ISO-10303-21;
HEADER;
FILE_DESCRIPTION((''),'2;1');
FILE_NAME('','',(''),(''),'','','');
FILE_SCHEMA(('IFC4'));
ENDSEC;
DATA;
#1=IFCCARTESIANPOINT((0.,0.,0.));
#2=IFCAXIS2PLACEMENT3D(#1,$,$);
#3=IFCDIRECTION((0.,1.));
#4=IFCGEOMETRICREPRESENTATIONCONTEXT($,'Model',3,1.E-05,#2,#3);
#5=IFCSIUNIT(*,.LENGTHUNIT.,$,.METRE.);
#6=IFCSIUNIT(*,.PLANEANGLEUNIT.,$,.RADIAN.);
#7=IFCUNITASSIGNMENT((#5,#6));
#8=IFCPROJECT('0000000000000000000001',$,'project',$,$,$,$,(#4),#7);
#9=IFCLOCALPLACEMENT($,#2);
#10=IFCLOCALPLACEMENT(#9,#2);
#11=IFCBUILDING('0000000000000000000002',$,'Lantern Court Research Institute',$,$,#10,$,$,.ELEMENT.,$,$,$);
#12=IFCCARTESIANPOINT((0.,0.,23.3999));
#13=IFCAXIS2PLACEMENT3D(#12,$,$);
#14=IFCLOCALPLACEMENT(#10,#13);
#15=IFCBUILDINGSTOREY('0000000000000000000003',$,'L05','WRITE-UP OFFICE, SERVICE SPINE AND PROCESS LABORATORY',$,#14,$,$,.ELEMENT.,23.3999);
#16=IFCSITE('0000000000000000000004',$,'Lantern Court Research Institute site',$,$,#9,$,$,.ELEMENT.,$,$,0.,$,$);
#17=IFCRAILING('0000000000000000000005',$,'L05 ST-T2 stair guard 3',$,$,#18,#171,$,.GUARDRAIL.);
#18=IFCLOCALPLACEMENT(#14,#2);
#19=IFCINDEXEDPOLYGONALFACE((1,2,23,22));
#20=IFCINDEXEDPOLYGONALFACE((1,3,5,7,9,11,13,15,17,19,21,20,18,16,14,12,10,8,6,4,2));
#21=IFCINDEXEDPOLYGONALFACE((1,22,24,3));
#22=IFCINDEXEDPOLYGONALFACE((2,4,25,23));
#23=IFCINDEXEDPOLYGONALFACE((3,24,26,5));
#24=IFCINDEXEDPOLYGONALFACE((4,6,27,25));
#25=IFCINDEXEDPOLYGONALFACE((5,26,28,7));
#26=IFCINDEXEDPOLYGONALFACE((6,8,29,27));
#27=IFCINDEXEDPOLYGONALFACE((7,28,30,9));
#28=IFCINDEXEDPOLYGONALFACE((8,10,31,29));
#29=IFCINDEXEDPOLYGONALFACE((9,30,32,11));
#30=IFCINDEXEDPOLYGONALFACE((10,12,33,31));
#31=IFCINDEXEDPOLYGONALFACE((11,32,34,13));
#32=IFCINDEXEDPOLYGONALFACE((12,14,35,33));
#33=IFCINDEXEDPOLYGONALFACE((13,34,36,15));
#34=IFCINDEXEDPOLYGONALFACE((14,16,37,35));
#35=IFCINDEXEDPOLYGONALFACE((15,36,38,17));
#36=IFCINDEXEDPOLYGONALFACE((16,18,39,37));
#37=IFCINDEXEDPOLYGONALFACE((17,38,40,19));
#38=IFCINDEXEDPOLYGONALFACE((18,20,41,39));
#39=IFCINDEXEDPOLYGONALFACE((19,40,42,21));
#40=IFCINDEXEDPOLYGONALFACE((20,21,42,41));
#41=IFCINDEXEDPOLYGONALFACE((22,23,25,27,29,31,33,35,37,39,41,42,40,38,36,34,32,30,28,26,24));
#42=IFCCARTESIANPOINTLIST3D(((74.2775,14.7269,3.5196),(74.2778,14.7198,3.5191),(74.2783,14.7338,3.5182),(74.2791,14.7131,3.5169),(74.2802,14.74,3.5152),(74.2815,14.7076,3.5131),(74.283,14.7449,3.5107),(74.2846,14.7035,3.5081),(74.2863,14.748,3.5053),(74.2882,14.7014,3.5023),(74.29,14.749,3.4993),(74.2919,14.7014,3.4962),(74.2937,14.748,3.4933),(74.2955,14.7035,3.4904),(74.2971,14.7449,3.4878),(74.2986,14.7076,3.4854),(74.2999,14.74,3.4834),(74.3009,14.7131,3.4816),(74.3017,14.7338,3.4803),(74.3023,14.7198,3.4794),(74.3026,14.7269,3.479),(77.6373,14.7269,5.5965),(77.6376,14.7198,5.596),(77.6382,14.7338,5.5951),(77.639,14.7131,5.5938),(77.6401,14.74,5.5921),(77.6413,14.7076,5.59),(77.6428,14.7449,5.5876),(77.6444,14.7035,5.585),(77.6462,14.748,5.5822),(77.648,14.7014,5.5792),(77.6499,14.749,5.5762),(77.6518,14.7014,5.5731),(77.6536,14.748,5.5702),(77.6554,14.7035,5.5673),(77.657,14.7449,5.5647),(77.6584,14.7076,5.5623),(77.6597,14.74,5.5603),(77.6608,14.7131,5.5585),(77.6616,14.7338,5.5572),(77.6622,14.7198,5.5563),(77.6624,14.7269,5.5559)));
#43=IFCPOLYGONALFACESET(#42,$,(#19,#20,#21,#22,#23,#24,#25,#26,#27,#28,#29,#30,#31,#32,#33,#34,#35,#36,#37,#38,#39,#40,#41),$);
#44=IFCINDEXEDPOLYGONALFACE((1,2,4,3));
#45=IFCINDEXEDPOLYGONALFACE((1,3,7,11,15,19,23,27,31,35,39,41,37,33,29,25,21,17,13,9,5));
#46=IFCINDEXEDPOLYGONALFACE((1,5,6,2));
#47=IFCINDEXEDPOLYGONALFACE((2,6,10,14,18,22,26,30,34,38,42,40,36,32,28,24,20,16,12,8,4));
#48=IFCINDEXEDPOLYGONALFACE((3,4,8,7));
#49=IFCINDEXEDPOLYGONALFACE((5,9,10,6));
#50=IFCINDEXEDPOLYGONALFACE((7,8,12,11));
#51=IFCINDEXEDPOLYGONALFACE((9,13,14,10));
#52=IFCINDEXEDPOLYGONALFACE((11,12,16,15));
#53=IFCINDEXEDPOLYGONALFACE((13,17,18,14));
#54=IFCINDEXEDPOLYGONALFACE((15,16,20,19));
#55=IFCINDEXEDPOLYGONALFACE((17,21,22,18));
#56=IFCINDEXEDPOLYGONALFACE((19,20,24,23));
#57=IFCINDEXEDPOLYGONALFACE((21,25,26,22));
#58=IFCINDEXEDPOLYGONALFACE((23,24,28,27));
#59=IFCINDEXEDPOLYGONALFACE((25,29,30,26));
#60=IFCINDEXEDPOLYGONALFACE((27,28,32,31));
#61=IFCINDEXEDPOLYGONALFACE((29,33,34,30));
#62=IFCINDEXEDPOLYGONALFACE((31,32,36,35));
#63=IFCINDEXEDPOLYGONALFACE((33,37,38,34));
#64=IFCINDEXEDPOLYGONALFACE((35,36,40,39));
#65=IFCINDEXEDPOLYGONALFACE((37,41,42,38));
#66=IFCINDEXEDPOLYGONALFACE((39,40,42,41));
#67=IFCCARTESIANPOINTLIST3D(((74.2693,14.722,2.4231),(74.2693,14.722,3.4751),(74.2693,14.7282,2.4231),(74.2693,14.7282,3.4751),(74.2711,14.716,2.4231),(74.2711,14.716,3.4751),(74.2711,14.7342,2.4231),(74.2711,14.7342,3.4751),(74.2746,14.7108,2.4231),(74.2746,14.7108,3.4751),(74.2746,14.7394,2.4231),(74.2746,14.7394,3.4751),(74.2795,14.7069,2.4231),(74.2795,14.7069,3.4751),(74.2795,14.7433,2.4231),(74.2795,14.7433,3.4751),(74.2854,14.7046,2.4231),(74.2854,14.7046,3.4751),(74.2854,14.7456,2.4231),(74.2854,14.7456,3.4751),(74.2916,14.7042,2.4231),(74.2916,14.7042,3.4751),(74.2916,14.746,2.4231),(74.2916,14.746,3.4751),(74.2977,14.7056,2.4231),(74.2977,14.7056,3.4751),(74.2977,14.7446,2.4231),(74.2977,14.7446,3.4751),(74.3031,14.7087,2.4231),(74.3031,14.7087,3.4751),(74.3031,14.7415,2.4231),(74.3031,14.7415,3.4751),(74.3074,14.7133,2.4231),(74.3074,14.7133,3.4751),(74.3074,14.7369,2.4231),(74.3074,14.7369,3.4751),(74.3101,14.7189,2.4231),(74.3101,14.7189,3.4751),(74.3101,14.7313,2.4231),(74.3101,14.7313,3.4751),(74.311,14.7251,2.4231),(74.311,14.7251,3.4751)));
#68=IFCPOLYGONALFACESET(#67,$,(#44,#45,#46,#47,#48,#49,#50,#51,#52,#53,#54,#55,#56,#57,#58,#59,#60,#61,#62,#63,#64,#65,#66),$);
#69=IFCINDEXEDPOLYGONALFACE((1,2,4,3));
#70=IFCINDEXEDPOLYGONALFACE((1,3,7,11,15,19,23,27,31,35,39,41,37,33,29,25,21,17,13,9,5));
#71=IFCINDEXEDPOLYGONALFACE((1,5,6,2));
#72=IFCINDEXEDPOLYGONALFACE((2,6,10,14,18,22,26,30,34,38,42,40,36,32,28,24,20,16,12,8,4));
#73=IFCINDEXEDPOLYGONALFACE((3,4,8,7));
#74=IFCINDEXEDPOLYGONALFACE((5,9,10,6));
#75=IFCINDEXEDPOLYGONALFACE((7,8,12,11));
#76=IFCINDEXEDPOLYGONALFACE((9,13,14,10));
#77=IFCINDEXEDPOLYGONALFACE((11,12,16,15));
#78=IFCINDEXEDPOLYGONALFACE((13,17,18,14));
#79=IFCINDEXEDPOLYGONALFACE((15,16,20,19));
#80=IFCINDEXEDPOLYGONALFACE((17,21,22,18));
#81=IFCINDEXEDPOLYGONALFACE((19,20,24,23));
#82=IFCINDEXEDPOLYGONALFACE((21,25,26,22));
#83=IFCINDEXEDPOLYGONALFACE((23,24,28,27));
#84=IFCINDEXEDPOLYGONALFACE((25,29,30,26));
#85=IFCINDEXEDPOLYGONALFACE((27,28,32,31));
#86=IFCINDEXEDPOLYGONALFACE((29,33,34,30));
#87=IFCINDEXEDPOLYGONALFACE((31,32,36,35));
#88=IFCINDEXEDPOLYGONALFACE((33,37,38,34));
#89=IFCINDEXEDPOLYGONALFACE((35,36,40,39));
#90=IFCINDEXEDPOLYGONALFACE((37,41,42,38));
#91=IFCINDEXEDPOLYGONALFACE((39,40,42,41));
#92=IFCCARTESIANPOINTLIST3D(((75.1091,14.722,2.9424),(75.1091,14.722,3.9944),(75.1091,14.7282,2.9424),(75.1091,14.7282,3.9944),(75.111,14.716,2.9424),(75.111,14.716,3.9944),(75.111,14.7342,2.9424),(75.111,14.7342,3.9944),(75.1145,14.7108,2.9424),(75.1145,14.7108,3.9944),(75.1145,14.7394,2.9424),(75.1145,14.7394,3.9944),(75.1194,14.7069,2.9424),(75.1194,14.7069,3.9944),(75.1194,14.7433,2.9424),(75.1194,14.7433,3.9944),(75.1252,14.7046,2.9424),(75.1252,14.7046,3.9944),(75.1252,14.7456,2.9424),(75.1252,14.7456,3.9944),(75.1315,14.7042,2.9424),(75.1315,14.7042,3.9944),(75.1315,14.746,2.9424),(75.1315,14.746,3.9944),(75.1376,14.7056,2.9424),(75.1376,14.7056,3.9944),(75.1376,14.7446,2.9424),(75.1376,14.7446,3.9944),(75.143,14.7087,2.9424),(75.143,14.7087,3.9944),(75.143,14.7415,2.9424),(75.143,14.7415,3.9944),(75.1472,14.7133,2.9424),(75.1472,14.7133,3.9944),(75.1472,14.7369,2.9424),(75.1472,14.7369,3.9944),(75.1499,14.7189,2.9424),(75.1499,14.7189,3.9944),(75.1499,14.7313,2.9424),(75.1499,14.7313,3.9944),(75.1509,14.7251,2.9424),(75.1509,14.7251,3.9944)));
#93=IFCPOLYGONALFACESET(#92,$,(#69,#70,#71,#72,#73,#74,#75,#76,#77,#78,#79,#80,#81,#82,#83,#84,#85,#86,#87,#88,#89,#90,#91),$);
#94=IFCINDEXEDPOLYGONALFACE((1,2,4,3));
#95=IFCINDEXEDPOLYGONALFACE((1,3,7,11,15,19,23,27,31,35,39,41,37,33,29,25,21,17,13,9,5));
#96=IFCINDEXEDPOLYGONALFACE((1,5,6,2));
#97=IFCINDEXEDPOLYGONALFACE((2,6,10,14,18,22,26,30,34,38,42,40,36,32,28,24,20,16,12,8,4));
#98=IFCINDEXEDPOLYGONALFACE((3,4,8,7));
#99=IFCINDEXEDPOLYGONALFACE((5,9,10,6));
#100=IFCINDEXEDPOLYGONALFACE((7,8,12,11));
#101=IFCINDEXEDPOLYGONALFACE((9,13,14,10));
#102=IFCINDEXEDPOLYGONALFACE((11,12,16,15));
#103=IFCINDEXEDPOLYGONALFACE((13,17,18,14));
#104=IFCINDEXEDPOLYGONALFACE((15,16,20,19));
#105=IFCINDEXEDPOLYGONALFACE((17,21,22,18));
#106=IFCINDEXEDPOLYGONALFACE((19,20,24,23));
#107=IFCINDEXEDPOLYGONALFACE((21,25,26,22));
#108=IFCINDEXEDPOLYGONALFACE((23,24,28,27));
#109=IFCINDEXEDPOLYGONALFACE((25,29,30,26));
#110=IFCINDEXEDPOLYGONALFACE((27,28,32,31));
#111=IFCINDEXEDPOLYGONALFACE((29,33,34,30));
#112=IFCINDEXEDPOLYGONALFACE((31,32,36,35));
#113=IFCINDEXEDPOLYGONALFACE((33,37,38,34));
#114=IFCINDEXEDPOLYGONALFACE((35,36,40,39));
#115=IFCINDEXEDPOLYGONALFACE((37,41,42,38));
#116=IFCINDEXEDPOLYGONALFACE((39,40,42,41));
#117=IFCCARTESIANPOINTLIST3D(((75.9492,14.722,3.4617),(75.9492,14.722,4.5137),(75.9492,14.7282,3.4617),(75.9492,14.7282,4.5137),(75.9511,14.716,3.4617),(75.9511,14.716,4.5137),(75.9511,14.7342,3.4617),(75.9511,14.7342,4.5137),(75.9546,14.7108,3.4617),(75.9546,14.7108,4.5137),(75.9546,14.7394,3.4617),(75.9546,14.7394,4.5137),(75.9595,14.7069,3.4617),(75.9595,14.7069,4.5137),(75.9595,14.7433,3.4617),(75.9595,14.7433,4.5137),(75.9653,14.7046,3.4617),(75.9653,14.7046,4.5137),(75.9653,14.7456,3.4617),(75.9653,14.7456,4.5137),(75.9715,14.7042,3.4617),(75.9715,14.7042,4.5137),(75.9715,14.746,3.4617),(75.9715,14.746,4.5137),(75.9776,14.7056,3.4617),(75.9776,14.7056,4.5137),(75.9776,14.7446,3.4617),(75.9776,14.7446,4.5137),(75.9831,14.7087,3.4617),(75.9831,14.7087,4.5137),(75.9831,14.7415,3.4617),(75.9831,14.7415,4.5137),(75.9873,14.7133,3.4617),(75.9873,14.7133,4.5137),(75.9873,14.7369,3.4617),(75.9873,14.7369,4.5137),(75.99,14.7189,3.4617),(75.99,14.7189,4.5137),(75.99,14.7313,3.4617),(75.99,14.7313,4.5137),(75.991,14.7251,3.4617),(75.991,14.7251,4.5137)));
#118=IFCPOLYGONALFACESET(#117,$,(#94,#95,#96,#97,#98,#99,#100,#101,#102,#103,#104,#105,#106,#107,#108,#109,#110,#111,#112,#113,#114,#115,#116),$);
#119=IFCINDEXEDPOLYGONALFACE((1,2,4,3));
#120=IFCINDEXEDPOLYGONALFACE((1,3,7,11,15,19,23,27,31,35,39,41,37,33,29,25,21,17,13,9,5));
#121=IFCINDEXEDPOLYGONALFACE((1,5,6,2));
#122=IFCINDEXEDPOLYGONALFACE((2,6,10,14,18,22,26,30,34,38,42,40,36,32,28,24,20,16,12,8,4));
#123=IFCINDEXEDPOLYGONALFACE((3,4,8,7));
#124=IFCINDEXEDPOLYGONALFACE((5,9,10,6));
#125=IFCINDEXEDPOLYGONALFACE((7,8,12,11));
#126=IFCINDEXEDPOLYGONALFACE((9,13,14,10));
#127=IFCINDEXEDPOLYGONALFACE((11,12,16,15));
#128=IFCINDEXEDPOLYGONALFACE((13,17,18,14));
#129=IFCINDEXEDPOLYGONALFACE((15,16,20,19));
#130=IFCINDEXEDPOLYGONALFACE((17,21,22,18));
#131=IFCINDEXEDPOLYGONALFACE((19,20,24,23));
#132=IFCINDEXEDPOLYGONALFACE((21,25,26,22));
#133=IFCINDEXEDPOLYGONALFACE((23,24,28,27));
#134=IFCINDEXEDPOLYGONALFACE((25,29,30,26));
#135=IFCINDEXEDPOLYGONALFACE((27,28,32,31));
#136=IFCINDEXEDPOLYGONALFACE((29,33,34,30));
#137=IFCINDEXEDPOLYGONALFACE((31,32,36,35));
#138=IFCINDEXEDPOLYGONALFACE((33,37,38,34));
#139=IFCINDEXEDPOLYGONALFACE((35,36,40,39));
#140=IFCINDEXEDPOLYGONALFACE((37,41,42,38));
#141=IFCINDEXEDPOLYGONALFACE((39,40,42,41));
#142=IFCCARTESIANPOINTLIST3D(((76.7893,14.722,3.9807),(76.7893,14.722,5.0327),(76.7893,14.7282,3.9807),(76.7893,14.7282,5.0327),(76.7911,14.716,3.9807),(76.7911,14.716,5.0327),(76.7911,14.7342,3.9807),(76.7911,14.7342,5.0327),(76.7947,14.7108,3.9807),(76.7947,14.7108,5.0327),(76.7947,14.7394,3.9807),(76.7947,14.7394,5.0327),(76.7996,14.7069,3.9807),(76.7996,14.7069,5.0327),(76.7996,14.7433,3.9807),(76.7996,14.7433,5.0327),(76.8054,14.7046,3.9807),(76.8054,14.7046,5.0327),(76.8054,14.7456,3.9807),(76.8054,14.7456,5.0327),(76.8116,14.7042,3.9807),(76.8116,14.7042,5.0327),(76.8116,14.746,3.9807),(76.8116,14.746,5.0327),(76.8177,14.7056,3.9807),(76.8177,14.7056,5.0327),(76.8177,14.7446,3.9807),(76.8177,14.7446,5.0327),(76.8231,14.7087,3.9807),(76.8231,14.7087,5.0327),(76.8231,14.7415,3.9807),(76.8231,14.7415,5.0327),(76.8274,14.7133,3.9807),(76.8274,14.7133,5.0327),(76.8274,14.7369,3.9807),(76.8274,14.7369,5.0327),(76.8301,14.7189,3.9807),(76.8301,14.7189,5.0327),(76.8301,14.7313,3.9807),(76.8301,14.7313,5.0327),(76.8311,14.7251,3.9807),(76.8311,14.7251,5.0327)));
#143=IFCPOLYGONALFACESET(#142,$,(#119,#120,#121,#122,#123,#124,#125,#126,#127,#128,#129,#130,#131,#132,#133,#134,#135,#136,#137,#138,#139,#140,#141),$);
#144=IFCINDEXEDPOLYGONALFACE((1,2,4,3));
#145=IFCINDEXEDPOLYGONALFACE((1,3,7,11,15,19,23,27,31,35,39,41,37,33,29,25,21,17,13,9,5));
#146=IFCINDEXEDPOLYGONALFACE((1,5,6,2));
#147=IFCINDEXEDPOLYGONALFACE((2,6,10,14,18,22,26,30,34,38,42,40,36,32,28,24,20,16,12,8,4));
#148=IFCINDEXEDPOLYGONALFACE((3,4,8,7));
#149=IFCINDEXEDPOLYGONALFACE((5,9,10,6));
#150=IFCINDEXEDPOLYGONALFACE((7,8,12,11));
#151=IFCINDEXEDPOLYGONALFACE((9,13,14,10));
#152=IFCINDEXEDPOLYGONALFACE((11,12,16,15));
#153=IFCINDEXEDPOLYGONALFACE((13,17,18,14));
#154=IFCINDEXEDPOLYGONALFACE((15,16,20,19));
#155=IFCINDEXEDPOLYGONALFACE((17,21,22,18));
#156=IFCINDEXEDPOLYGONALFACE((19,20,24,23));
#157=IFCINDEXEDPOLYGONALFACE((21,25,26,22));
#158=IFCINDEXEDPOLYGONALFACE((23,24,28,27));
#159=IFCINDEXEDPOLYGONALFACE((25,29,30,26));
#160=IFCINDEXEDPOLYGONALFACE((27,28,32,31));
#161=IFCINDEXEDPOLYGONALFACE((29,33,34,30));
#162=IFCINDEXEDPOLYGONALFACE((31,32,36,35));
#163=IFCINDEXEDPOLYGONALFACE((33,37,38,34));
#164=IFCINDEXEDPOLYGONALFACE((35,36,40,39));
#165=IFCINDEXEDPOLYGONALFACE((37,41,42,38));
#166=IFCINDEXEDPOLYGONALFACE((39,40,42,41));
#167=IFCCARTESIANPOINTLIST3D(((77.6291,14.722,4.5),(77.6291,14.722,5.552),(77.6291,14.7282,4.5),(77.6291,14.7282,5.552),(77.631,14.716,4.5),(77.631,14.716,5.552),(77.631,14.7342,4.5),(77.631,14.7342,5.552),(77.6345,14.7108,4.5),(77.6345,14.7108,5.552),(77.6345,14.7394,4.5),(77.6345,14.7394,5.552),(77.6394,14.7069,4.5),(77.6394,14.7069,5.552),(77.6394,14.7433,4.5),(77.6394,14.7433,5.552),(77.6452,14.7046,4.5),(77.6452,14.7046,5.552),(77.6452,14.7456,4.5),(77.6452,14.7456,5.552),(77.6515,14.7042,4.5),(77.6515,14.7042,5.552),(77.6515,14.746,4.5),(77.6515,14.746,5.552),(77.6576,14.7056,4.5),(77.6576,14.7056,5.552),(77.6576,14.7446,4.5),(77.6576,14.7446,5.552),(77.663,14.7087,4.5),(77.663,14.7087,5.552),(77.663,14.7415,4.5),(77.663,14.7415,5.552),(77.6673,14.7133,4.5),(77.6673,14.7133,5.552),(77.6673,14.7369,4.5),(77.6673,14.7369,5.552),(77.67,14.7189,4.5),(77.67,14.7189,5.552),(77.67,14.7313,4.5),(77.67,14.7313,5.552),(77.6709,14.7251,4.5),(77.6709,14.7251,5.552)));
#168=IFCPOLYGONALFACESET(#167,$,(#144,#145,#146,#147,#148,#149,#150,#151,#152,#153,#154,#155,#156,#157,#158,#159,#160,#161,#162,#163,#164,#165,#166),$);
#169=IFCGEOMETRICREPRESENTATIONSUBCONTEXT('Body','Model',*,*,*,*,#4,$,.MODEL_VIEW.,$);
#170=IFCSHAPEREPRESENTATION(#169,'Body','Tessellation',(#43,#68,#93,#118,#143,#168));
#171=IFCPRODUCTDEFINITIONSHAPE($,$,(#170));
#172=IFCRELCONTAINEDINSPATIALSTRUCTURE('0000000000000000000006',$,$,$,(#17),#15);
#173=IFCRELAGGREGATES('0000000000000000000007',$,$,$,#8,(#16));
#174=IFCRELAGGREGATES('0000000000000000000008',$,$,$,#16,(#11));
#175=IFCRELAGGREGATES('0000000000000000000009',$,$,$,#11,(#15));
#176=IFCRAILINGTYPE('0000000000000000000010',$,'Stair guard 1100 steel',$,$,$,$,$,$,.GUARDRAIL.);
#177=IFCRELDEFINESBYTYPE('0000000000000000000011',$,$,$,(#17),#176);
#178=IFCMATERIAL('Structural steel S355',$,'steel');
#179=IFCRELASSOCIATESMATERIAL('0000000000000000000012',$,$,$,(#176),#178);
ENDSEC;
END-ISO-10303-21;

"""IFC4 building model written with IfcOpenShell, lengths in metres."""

from ifc_helpers import new_model, si_unit, direction, frame, origin, origin_2d, place, context, subcontext, project, spatial, circle, extrude, material, type_object, element, save


model = new_model("IFC4")

# Units and contexts
model_context = context("Model", 3, precision=1e-05, world=origin(), true_north=direction((0.0, 1.0)))
body_context = subcontext(model_context, "Body", "Model", "MODEL_VIEW")
ifc_project = project(units=[si_unit("LENGTHUNIT", "METRE"), si_unit("PLANEANGLEUNIT", "RADIAN")], contexts=[model_context])

# Site, building, storey
site_placement = place(None, origin())
site = spatial("IfcSite", under=ifc_project, at=site_placement, Name="Lantern Court Research Institute site", CompositionType="ELEMENT", RefElevation=0.0)
building_placement = place(site_placement, origin())
building = spatial("IfcBuilding", under=site, at=building_placement, Name="Lantern Court Research Institute", CompositionType="ELEMENT")
storey_placement = place(building_placement, frame((0.0, 0.0, 23.3999)))
storey = spatial("IfcBuildingStorey", under=building, at=storey_placement, Name="L05", Description="WRITE-UP OFFICE, SERVICE SPINE AND PROCESS LABORATORY", CompositionType="ELEMENT", Elevation=23.3999)

# Railing
ifc_material_1 = material(Name="Structural steel S355", Category="steel")
railing_type_1 = type_object("IfcRailingType", Name="Stair guard 1100 steel", PredefinedType="GUARDRAIL", material=ifc_material_1)
railing_1_placement = place(storey_placement, frame((74.29, 14.7251, 2.4231)))
element("IfcRailing", 1, at=railing_1_placement, inside=storey, type_object=railing_type_1, Name="L05 ST-T2 stair guard 3", PredefinedType="GUARDRAIL", context=body_context, shape_type="SweptSolid", body=[
    extrude(circle(Radius=0.0239, at=origin_2d()), frame((0.0, 0.0, 1.0762), z_axis=(0.850606, 0.0, 0.525803), x_axis=(0.0, 1.0, 0.0)), (0.0, 0.0, 1.0), 3.95),
    extrude(circle(Radius=0.021, at=origin_2d()), origin(), (0.0, 0.0, 1.0), 1.052),
    extrude(circle(Radius=0.021, at=origin_2d()), frame((0.8398, 0.0, 0.5193)), (0.0, 0.0, 1.0), 1.052),
    extrude(circle(Radius=0.021, at=origin_2d()), frame((1.6799, 0.0, 1.0386)), (0.0, 0.0, 1.0), 1.052),
    extrude(circle(Radius=0.021, at=origin_2d()), frame((2.52, 0.0, 1.5576)), (0.0, 0.0, 1.0), 1.052),
    extrude(circle(Radius=0.021, at=origin_2d()), frame((3.3599, 0.0, 2.0769)), (0.0, 0.0, 1.0), 1.052),
])

save(model, "model.ifc")
